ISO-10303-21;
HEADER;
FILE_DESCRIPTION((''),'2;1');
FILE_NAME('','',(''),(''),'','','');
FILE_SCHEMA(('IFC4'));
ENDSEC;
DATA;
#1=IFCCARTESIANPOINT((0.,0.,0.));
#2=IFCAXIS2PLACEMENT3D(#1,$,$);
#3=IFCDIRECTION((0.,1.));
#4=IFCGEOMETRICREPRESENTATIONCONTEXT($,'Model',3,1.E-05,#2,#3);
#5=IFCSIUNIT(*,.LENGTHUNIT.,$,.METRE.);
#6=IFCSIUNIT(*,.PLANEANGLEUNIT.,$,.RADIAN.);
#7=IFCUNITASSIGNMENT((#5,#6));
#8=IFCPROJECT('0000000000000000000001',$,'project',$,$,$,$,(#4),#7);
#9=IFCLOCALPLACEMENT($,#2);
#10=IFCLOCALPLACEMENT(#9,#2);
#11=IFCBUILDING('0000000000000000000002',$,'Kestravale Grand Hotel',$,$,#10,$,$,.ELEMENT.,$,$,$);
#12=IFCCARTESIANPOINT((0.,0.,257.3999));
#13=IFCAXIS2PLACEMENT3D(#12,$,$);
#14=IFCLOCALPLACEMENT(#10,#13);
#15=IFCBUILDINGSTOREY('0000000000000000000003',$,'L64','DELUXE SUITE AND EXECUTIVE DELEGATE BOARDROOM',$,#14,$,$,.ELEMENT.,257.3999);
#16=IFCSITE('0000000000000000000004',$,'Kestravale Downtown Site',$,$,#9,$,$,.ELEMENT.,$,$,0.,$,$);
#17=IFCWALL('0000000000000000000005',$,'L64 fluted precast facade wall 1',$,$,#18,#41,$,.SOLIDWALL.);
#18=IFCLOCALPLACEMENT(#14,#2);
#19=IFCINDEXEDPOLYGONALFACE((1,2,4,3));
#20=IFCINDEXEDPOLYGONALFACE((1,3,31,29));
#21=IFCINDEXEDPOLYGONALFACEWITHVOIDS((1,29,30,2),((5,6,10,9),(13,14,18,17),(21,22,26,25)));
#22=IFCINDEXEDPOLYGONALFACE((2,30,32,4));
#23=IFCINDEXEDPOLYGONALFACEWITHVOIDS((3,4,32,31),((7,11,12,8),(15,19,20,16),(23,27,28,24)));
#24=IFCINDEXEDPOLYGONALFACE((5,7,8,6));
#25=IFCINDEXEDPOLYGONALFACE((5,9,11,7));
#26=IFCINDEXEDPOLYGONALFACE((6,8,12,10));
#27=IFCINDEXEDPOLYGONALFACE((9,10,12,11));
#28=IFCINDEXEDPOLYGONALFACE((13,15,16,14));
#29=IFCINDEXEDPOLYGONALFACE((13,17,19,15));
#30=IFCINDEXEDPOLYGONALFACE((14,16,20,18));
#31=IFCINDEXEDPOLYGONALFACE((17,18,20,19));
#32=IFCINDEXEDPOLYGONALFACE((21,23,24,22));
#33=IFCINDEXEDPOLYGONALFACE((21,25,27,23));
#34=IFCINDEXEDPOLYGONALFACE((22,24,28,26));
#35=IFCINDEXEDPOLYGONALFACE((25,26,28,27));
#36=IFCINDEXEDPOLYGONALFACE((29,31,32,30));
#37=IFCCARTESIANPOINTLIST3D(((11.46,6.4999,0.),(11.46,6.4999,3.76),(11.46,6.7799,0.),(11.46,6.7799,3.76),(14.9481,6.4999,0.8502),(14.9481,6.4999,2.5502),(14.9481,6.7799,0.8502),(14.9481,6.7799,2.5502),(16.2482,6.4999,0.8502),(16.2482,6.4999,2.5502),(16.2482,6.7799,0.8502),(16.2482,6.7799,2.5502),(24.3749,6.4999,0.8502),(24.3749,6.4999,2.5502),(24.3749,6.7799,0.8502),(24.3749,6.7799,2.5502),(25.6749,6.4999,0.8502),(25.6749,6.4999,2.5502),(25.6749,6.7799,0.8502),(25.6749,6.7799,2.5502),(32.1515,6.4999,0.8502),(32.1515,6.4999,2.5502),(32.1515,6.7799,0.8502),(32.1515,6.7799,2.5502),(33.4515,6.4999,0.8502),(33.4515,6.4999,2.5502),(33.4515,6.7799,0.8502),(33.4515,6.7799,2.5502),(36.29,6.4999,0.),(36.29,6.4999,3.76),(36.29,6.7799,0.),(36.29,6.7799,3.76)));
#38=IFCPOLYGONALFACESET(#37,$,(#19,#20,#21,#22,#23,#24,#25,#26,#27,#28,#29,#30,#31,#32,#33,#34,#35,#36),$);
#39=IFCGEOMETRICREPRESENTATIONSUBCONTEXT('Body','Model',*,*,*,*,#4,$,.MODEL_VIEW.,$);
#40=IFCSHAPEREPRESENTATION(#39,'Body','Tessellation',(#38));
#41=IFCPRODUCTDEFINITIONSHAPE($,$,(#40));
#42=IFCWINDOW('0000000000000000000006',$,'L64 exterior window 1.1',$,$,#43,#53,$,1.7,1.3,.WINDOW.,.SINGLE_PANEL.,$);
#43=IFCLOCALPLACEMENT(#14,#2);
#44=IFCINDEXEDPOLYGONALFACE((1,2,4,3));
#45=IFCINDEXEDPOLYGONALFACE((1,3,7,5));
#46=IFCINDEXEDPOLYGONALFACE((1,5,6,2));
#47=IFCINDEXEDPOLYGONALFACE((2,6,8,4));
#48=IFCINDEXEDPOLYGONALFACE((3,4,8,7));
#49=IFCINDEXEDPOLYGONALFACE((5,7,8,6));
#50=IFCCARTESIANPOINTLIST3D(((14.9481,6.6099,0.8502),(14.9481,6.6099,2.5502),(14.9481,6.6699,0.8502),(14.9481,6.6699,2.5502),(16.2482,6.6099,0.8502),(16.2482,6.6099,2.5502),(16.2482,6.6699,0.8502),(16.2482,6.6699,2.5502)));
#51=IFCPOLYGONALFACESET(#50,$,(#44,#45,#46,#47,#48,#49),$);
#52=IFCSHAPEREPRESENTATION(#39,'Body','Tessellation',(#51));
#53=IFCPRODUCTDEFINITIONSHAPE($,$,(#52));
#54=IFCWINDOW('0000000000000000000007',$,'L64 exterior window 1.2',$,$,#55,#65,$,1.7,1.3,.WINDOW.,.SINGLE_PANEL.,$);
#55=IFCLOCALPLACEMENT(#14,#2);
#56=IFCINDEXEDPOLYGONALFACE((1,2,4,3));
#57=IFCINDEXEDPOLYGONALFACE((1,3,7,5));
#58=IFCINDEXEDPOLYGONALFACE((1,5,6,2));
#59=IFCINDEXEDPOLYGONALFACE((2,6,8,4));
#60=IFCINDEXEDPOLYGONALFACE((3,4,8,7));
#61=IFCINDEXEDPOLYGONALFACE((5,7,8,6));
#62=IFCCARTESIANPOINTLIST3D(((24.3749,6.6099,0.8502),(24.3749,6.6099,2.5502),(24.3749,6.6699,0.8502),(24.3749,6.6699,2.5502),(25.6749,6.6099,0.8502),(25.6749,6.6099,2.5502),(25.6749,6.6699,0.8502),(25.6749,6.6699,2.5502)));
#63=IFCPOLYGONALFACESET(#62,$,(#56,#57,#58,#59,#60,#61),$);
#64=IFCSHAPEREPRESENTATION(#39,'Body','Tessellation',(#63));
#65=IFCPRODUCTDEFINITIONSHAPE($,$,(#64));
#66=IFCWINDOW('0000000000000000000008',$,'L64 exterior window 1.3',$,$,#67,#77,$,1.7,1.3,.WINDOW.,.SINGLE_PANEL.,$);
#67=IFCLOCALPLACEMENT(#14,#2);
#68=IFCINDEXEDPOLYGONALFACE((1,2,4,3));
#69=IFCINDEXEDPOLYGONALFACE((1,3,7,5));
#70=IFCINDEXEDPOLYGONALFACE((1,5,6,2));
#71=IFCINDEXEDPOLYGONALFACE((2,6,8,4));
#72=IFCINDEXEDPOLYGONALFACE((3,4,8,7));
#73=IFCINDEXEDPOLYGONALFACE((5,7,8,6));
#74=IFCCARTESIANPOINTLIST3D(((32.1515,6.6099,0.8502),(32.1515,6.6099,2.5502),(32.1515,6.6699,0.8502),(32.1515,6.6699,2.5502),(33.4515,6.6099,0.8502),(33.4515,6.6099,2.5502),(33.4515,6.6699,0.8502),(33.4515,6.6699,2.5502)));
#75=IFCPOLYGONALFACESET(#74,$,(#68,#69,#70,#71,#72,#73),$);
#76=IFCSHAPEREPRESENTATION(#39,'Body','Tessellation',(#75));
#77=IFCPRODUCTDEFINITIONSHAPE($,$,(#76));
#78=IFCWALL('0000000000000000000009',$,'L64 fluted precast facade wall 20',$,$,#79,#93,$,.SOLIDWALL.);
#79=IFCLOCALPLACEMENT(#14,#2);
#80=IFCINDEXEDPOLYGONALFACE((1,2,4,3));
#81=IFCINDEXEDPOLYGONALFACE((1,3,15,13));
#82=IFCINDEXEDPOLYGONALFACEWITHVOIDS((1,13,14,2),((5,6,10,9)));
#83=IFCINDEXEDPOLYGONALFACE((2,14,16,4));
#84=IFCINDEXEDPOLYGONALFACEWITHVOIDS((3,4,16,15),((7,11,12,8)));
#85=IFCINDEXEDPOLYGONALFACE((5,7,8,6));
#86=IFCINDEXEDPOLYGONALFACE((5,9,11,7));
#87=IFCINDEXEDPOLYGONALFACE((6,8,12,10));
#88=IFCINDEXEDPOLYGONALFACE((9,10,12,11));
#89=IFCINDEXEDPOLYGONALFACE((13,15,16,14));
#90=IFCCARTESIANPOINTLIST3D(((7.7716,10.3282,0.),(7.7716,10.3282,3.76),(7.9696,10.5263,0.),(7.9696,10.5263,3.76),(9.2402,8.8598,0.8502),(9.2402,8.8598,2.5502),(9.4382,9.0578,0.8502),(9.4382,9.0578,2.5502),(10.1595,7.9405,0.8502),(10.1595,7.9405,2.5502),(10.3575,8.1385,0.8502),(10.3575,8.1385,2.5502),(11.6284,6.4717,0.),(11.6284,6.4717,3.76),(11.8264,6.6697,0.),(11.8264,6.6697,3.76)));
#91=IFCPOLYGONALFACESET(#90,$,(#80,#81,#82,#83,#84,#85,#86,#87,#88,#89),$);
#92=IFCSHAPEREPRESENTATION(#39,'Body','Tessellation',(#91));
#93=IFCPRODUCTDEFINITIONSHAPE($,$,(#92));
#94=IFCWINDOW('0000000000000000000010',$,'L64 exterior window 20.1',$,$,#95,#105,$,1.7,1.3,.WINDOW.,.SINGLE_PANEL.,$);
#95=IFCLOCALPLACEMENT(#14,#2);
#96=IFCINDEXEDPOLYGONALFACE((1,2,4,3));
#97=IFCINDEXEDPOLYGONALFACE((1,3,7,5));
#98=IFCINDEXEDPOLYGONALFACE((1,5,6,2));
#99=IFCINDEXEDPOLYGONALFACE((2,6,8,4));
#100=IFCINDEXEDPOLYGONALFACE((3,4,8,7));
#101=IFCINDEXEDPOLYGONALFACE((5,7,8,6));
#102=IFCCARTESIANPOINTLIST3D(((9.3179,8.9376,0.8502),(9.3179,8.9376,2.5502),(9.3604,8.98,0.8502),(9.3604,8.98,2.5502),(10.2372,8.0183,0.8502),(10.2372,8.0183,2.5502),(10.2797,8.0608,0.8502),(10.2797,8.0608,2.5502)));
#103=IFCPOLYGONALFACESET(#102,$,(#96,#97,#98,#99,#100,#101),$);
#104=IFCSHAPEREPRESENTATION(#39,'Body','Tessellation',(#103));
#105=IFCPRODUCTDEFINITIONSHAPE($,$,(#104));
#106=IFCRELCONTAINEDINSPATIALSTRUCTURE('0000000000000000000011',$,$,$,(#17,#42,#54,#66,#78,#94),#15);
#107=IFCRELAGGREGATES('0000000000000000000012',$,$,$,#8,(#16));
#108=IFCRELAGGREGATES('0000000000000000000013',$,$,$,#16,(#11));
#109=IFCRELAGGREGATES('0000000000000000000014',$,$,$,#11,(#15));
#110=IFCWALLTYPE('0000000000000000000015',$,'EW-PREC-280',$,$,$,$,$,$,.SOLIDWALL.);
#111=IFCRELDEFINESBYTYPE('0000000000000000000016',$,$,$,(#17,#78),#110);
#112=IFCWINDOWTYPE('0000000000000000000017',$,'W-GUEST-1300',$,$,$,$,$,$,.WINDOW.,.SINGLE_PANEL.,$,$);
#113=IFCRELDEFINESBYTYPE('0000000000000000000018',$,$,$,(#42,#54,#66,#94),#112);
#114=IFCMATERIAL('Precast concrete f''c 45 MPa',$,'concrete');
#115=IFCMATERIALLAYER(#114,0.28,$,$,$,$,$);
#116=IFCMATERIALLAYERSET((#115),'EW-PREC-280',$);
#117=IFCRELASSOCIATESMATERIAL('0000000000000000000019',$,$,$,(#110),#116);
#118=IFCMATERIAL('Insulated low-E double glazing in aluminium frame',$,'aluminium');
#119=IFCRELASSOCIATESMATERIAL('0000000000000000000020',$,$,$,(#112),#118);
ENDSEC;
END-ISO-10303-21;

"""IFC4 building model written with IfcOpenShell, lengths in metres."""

from ifc_helpers import new_model, si_unit, direction, frame, frame_2d, origin, place, context, subcontext, project, spatial, rectangle, extrude, material, layer, layer_set, type_object, element, fill, save


model = new_model("IFC4")

# Units and contexts
model_context = context("Model", 3, precision=1e-05, world=origin(), true_north=direction((0.0, 1.0)))
body_context = subcontext(model_context, "Body", "Model", "MODEL_VIEW")
ifc_project = project(units=[si_unit("LENGTHUNIT", "METRE"), si_unit("PLANEANGLEUNIT", "RADIAN")], contexts=[model_context])

# Site, building, storey
site_placement = place(None, origin())
site = spatial("IfcSite", under=ifc_project, at=site_placement, Name="Kestravale Downtown Site", CompositionType="ELEMENT", RefElevation=0.0)
building_placement = place(site_placement, origin())
building = spatial("IfcBuilding", under=site, at=building_placement, Name="Kestravale Grand Hotel", CompositionType="ELEMENT")
storey_placement = place(building_placement, frame((0.0, 0.0, 257.3999)))
storey = spatial("IfcBuildingStorey", under=building, at=storey_placement, Name="L64", Description="DELUXE SUITE AND EXECUTIVE DELEGATE BOARDROOM", CompositionType="ELEMENT", Elevation=257.3999)

# Wall, openings, windows
ifc_material_1 = material(Name="Precast concrete f'c 45 MPa", Category="concrete")
ifc_layer_1 = layer(ifc_material_1, 0.28)
ifc_layer_set_1 = layer_set([ifc_layer_1], Name="EW-PREC-280")
wall_type_1 = type_object("IfcWallType", Name="EW-PREC-280", PredefinedType="SOLIDWALL", material=ifc_layer_set_1)
wall_1_placement = place(storey_placement, frame((11.46, 6.6399, 0.0), z_axis=(0.0, 0.0, 1.0), x_axis=(1.0, 0.0, 0.0)))
wall_1 = element("IfcWall", 1, at=wall_1_placement, inside=storey, type_object=wall_type_1, Name="L64 fluted precast facade wall 1", PredefinedType="SOLIDWALL", context=body_context, shape_type="SweptSolid", body=[
    extrude(rectangle(XDim=24.8301, YDim=0.28, at=frame_2d((12.415, 0.0))), origin(), (0.0, 0.0, 1.0), 3.76),
])
opening_1_placement = place(wall_1_placement, frame((3.4883, 0.0, 0.8501)))
opening_1 = element("IfcOpeningElement", 2, at=opening_1_placement, cuts=wall_1, PredefinedType="OPENING", context=body_context, shape_type="SweptSolid", body=[
    extrude(rectangle(XDim=1.3, YDim=1.7, at=frame_2d((0.6499, 0.8501))), frame((0.0, 0.1499, 0.0), z_axis=(0.0, -1.0, 0.0), x_axis=(1.0, 0.0, 0.0)), (0.0, 0.0, 1.0), 0.3),
])
opening_2_placement = place(wall_1_placement, frame((12.915, 0.0, 0.8501)))
opening_2 = element("IfcOpeningElement", 3, at=opening_2_placement, cuts=wall_1, PredefinedType="OPENING", context=body_context, shape_type="SweptSolid", body=[
    extrude(rectangle(XDim=1.3, YDim=1.7, at=frame_2d((0.6499, 0.8501))), frame((0.0, 0.1499, 0.0), z_axis=(0.0, -1.0, 0.0), x_axis=(1.0, 0.0, 0.0)), (0.0, 0.0, 1.0), 0.3),
])
opening_3_placement = place(wall_1_placement, frame((20.6917, 0.0, 0.8501)))
opening_3 = element("IfcOpeningElement", 4, at=opening_3_placement, cuts=wall_1, PredefinedType="OPENING", context=body_context, shape_type="SweptSolid", body=[
    extrude(rectangle(XDim=1.3, YDim=1.7, at=frame_2d((0.6499, 0.8501))), frame((0.0, 0.1499, 0.0), z_axis=(0.0, -1.0, 0.0), x_axis=(1.0, 0.0, 0.0)), (0.0, 0.0, 1.0), 0.3),
])
ifc_material_2 = material(Name="Insulated low-E double glazing in aluminium frame", Category="aluminium")
window_type = type_object("IfcWindowType", Name="W-GUEST-1300", PartitioningType="SINGLE_PANEL", PredefinedType="WINDOW", material=ifc_material_2)
window_1_placement = place(opening_1_placement, origin())
window_1 = element("IfcWindow", 5, at=window_1_placement, inside=storey, type_object=window_type, Name="L64 exterior window 1.1", OverallHeight=1.7, OverallWidth=1.3, PartitioningType="SINGLE_PANEL", PredefinedType="WINDOW", context=body_context, shape_type="SweptSolid", body=[
    extrude(rectangle(XDim=1.3, YDim=1.7, at=frame_2d((0.6499, 0.8501))), frame((0.0, 0.03, 0.0), z_axis=(0.0, -1.0, 0.0), x_axis=(1.0, 0.0, 0.0)), (0.0, 0.0, 1.0), 0.0601),
])
fill(opening_1, window_1)
window_2_placement = place(opening_2_placement, origin())
window_2 = element("IfcWindow", 6, at=window_2_placement, inside=storey, type_object=window_type, Name="L64 exterior window 1.2", OverallHeight=1.7, OverallWidth=1.3, PartitioningType="SINGLE_PANEL", PredefinedType="WINDOW", context=body_context, shape_type="SweptSolid", body=[
    extrude(rectangle(XDim=1.3, YDim=1.7, at=frame_2d((0.6499, 0.8501))), frame((0.0, 0.03, 0.0), z_axis=(0.0, -1.0, 0.0), x_axis=(1.0, 0.0, 0.0)), (0.0, 0.0, 1.0), 0.0601),
])
fill(opening_2, window_2)
window_3_placement = place(opening_3_placement, origin())
window_3 = element("IfcWindow", 7, at=window_3_placement, inside=storey, type_object=window_type, Name="L64 exterior window 1.3", OverallHeight=1.7, OverallWidth=1.3, PartitioningType="SINGLE_PANEL", PredefinedType="WINDOW", context=body_context, shape_type="SweptSolid", body=[
    extrude(rectangle(XDim=1.3, YDim=1.7, at=frame_2d((0.6499, 0.8501))), frame((0.0, 0.03, 0.0), z_axis=(0.0, -1.0, 0.0), x_axis=(1.0, 0.0, 0.0)), (0.0, 0.0, 1.0), 0.0601),
])
fill(opening_3, window_3)

# Wall, opening, window
wall_2_placement = place(storey_placement, frame((7.8706, 10.4272, 0.0), z_axis=(0.0, 0.0, 1.0), x_axis=(0.707129, -0.707084, 0.0)))
wall_2 = element("IfcWall", 8, at=wall_2_placement, inside=storey, type_object=wall_type_1, Name="L64 fluted precast facade wall 20", PredefinedType="SOLIDWALL", context=body_context, shape_type="SweptSolid", body=[
    extrude(rectangle(XDim=5.4541, YDim=0.28, at=frame_2d((2.7271, 0.0))), origin(), (0.0, 0.0, 1.0), 3.76),
])
opening_4_placement = place(wall_2_placement, frame((2.0769, 0.0, 0.8501)))
opening_4 = element("IfcOpeningElement", 9, at=opening_4_placement, cuts=wall_2, PredefinedType="OPENING", context=body_context, shape_type="SweptSolid", body=[
    extrude(rectangle(XDim=1.3, YDim=1.7, at=frame_2d((0.6499, 0.8501))), frame((0.0, 0.1499, 0.0), z_axis=(0.0, -1.0, 0.0), x_axis=(1.0, 0.0, 0.0)), (0.0, 0.0, 1.0), 0.3),
])
window_4_placement = place(opening_4_placement, origin())
window_4 = element("IfcWindow", 10, at=window_4_placement, inside=storey, type_object=window_type, Name="L64 exterior window 20.1", OverallHeight=1.7, OverallWidth=1.3, PartitioningType="SINGLE_PANEL", PredefinedType="WINDOW", context=body_context, shape_type="SweptSolid", body=[
    extrude(rectangle(XDim=1.3, YDim=1.7, at=frame_2d((0.6499, 0.8501))), frame((0.0, 0.03, 0.0), z_axis=(0.0, -1.0, 0.0), x_axis=(1.0, 0.0, 0.0)), (0.0, 0.0, 1.0), 0.0601),
])
fill(opening_4, window_4)

save(model, "model.ifc")
